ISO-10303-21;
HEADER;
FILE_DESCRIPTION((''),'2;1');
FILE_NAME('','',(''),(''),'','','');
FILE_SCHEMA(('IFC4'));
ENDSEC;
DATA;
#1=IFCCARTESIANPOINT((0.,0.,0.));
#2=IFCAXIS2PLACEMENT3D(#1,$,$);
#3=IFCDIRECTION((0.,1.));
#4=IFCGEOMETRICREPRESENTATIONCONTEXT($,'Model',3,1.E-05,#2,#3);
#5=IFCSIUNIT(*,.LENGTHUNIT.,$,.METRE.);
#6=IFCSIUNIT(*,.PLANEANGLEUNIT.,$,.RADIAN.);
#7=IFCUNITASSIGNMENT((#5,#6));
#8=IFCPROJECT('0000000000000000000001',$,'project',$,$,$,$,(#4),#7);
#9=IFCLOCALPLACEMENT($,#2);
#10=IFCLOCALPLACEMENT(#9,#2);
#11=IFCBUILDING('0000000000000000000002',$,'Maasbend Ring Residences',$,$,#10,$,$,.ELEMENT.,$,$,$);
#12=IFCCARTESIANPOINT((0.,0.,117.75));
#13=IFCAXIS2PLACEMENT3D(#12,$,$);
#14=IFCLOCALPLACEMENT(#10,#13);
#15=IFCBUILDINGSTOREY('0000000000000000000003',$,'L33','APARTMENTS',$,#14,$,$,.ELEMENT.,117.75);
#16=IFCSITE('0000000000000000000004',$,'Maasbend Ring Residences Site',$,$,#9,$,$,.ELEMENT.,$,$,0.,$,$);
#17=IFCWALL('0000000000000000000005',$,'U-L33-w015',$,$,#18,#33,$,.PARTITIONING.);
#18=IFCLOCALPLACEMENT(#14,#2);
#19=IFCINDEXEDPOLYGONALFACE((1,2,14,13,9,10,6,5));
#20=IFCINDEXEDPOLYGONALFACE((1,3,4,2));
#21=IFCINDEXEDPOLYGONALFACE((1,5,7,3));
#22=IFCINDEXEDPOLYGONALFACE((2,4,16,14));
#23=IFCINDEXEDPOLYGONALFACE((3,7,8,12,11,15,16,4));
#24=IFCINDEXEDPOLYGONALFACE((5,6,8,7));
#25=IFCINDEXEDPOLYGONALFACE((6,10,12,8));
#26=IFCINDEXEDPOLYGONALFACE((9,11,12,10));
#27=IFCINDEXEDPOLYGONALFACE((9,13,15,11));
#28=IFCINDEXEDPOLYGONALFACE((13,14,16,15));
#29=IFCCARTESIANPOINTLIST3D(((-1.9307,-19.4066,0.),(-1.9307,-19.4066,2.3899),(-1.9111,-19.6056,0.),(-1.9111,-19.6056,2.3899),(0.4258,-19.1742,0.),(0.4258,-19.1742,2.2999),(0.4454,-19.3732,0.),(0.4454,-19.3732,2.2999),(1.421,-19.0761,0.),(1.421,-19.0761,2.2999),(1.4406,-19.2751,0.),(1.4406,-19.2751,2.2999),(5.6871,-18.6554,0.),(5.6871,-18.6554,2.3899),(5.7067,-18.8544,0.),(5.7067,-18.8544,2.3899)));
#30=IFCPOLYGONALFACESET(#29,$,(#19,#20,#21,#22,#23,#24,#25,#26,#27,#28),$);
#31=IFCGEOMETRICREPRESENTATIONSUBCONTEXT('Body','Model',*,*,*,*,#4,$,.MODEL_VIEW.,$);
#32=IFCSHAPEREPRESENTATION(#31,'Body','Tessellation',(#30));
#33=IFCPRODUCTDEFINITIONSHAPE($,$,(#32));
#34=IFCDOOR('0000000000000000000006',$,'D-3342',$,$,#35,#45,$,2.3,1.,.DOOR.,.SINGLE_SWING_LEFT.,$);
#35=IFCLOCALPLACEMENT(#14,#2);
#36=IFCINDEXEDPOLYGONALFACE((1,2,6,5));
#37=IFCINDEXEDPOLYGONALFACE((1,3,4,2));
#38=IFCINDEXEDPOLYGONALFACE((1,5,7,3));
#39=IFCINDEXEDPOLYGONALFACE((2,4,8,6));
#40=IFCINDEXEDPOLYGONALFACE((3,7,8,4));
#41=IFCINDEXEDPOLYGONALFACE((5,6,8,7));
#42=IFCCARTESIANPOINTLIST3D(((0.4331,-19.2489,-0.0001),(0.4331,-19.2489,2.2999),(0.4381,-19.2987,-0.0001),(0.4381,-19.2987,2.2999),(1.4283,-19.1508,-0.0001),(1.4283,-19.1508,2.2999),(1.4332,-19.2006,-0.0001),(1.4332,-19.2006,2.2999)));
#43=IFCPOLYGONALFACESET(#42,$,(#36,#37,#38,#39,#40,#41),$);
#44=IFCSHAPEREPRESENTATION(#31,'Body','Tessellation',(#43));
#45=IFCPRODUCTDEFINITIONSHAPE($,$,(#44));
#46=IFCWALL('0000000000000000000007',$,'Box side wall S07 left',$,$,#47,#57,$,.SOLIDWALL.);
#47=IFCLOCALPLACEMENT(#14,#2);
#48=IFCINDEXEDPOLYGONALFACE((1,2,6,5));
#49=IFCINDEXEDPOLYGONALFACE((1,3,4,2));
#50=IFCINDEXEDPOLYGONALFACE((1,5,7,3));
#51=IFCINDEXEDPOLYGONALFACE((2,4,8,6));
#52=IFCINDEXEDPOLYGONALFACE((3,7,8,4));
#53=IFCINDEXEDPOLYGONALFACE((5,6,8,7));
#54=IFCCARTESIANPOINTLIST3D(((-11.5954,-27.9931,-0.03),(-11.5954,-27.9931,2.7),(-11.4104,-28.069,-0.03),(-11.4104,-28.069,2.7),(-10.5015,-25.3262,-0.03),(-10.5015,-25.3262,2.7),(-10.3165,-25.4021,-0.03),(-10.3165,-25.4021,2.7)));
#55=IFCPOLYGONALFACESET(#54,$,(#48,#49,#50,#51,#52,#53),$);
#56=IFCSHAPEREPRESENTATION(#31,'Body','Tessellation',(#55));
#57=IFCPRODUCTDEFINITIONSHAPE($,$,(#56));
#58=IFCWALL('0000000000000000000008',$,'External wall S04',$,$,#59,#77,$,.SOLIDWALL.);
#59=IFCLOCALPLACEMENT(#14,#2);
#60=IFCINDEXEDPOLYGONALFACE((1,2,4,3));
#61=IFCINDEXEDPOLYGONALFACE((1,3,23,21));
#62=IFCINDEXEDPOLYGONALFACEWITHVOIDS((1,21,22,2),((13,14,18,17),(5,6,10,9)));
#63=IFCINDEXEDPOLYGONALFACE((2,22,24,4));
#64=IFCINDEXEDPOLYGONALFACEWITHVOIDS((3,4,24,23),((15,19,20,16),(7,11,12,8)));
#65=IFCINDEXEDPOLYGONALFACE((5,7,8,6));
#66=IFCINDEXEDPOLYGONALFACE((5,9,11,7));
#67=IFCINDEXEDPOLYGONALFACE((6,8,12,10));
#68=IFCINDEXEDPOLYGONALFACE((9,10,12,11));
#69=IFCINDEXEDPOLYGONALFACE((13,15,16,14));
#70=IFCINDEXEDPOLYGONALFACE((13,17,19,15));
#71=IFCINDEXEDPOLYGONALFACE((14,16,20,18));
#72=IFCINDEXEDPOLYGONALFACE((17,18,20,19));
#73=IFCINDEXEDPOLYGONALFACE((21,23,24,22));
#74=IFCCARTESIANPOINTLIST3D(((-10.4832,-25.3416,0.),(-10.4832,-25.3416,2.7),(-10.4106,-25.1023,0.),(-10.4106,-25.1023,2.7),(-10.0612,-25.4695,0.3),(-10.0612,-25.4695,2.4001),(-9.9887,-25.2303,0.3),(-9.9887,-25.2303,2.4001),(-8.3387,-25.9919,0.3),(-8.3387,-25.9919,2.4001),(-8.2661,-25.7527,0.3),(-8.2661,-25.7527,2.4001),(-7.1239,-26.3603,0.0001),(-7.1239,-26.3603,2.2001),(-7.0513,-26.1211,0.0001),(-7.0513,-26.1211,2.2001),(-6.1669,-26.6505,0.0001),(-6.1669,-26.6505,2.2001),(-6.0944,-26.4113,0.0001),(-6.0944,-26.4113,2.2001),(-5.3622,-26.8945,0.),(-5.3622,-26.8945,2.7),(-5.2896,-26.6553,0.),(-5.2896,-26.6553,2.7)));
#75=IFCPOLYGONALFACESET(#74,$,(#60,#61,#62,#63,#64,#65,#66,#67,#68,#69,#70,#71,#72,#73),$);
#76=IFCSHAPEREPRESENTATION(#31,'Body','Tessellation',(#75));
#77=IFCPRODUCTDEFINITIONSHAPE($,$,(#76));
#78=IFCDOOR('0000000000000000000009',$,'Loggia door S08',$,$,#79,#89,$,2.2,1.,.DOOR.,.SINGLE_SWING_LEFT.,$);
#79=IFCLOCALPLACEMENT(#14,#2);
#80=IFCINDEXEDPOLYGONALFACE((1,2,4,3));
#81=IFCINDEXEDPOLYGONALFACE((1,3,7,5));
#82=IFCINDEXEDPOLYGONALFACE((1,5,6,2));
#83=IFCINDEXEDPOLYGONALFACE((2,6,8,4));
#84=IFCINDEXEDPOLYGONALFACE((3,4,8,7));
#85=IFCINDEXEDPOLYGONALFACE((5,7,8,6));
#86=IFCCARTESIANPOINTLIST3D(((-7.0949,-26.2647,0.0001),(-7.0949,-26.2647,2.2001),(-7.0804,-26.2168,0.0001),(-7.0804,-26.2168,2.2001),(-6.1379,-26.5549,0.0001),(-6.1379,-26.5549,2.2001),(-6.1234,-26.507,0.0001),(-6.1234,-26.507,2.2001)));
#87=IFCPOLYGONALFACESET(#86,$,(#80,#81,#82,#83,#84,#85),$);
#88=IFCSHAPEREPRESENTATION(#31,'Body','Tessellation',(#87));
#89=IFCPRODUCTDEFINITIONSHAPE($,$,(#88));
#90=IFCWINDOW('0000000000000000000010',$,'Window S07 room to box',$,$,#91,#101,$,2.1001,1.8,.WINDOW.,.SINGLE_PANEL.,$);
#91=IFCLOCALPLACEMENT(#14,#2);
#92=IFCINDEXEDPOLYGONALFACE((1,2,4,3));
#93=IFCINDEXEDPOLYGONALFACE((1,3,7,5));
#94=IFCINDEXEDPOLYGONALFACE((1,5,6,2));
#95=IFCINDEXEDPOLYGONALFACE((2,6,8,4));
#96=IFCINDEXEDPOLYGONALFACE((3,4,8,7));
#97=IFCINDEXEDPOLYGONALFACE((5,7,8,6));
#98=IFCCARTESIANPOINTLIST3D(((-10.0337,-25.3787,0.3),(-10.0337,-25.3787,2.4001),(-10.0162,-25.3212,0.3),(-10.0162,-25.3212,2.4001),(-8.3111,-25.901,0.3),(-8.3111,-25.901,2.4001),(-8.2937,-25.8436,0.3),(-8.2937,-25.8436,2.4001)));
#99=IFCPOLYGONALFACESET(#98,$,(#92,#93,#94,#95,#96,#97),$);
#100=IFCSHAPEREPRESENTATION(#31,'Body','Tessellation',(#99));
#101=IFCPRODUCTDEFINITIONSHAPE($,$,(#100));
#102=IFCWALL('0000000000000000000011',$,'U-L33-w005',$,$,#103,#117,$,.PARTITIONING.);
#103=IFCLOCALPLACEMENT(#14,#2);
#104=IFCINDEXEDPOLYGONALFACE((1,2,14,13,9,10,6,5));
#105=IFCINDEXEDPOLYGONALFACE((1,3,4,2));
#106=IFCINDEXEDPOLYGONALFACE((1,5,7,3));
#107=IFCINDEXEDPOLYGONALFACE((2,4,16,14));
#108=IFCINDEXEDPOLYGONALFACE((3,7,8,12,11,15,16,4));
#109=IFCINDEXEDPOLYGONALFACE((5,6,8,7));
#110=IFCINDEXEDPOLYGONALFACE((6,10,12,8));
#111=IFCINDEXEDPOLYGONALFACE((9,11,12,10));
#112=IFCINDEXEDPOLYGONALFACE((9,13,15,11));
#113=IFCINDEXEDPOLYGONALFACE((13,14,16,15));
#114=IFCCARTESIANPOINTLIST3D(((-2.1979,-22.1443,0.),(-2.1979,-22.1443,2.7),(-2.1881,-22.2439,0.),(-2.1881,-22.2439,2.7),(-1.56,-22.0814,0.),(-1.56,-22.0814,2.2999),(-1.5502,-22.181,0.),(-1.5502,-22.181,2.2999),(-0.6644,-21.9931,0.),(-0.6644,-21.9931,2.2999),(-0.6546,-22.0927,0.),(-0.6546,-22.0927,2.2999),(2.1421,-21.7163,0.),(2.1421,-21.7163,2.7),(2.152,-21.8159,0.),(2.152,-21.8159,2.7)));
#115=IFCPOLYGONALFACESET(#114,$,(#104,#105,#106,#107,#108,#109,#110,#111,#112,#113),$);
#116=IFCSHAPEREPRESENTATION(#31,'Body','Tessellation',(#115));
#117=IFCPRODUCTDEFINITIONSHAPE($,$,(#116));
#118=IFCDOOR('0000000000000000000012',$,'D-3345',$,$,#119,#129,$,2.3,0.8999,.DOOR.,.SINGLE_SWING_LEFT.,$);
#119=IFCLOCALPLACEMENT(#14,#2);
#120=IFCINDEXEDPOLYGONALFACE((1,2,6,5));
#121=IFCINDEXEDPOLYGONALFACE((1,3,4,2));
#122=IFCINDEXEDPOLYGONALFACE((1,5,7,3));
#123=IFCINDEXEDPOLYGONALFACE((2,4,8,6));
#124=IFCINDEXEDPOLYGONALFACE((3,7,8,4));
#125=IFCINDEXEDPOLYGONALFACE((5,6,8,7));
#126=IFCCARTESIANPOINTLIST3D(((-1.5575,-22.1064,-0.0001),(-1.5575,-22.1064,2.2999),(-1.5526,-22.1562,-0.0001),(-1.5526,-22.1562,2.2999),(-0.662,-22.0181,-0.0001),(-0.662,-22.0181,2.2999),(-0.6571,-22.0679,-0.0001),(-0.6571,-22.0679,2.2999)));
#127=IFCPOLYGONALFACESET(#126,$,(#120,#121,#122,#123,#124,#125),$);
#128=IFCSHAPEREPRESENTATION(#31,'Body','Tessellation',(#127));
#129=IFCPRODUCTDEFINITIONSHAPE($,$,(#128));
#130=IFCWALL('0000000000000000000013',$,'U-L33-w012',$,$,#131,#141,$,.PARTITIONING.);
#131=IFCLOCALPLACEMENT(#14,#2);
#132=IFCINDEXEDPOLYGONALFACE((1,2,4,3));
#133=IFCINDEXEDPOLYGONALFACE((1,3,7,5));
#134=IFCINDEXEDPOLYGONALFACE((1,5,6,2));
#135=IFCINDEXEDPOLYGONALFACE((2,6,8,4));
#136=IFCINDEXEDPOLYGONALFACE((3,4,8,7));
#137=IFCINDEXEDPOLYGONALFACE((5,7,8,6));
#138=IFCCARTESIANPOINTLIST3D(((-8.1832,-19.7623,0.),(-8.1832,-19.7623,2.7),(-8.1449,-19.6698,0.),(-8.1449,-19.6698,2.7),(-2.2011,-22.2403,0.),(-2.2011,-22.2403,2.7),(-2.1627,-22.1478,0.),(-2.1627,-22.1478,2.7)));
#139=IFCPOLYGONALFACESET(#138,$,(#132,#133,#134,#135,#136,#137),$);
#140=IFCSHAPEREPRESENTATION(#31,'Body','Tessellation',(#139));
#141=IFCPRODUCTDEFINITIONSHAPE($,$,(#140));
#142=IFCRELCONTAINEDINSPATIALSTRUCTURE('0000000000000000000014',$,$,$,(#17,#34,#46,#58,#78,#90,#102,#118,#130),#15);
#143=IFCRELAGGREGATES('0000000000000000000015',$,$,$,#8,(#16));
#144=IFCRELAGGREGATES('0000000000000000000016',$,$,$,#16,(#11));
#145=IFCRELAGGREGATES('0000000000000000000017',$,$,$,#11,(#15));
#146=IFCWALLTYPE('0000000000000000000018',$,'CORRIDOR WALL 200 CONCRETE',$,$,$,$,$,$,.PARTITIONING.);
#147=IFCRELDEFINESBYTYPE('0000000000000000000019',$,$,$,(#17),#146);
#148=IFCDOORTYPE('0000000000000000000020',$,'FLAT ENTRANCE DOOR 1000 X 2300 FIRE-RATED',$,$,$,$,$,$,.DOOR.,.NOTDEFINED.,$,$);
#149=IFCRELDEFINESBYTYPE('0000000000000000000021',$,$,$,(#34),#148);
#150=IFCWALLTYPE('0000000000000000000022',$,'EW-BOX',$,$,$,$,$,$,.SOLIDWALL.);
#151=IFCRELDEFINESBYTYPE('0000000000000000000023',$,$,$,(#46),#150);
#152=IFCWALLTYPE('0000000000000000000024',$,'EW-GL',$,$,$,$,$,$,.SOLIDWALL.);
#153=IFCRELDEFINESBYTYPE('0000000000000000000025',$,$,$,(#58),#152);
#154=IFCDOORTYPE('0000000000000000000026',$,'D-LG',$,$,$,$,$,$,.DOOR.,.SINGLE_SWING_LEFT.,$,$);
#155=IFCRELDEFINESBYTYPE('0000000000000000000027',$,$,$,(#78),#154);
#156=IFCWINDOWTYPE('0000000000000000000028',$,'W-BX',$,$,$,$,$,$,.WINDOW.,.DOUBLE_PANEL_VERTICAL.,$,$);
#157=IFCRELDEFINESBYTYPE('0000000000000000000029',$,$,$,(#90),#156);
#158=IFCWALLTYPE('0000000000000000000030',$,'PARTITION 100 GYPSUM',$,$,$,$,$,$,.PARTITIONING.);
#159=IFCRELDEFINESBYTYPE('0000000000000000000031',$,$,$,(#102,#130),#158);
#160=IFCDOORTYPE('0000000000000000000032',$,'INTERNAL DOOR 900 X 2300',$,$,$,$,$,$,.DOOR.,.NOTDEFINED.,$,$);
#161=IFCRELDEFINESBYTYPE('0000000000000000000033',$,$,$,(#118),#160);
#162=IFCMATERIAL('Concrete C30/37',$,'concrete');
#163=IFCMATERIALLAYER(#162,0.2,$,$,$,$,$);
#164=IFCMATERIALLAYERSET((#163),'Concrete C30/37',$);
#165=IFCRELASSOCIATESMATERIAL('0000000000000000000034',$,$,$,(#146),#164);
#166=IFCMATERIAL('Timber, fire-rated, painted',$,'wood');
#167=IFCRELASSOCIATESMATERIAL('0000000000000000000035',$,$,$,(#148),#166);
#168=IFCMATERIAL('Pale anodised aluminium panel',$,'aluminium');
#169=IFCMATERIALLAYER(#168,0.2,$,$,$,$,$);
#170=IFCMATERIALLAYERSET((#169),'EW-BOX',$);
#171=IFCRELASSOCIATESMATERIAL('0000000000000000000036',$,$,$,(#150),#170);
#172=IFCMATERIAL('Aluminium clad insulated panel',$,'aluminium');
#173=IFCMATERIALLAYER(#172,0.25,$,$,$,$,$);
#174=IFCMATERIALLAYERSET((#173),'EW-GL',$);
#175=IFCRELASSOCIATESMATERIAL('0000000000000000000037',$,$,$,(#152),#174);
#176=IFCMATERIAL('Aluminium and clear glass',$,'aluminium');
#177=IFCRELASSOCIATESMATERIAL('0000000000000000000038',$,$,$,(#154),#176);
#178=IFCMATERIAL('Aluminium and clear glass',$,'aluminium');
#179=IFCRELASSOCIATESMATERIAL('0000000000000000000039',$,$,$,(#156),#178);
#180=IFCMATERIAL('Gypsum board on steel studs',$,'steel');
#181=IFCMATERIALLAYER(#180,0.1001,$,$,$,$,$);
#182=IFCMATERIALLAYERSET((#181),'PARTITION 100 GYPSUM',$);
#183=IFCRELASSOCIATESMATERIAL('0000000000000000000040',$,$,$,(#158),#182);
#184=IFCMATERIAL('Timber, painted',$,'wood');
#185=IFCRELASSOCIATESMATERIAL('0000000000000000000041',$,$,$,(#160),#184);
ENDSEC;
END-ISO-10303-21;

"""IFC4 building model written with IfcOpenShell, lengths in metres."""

from ifc_helpers import new_model, si_unit, direction, frame, frame_2d, origin, place, context, subcontext, project, spatial, rectangle, extrude, material, layer, layer_set, type_object, element, fill, save


model = new_model("IFC4")

# Units and contexts
model_context = context("Model", 3, precision=1e-05, world=origin(), true_north=direction((0.0, 1.0)))
body_context = subcontext(model_context, "Body", "Model", "MODEL_VIEW")
ifc_project = project(units=[si_unit("LENGTHUNIT", "METRE"), si_unit("PLANEANGLEUNIT", "RADIAN")], contexts=[model_context])

# Site, building, storey
site_placement = place(None, origin())
site = spatial("IfcSite", under=ifc_project, at=site_placement, Name="Maasbend Ring Residences Site", CompositionType="ELEMENT", RefElevation=0.0)
building_placement = place(site_placement, origin())
building = spatial("IfcBuilding", under=site, at=building_placement, Name="Maasbend Ring Residences", CompositionType="ELEMENT")
storey_placement = place(building_placement, frame((0.0, 0.0, 117.75)))
storey = spatial("IfcBuildingStorey", under=building, at=storey_placement, Name="L33", Description="APARTMENTS", CompositionType="ELEMENT", Elevation=117.75)

# Wall, opening, door
ifc_material_1 = material(Name="Concrete C30/37", Category="concrete")
ifc_layer_1 = layer(ifc_material_1, 0.2)
ifc_layer_set_1 = layer_set([ifc_layer_1], Name="Concrete C30/37")
wall_type_1 = type_object("IfcWallType", Name="CORRIDOR WALL 200 CONCRETE", PredefinedType="PARTITIONING", material=ifc_layer_set_1)
wall_1_placement = place(storey_placement, frame((-1.9209, -19.5061, 0.0), z_axis=(0.0, 0.0, 1.0), x_axis=(0.995173, 0.098136, 0.0)))
wall_1 = element("IfcWall", 1, at=wall_1_placement, inside=storey, type_object=wall_type_1, Name="U-L33-w015", PredefinedType="PARTITIONING", context=body_context, shape_type="SweptSolid", body=[
    extrude(rectangle(XDim=7.6548, YDim=0.2, at=frame_2d((3.8274, 0.0))), origin(), (0.0, 0.0, 1.0), 2.3899),
])
opening_1_placement = place(wall_1_placement, frame((2.3679, 0.0, 0.0)))
opening_1 = element("IfcOpeningElement", 2, at=opening_1_placement, cuts=wall_1, PredefinedType="OPENING", context=body_context, shape_type="SweptSolid", body=[
    extrude(rectangle(XDim=1.0, YDim=2.3, at=frame_2d((0.5, 1.1499))), frame((0.0, 0.1099, 0.0), z_axis=(0.0, -1.0, 0.0), x_axis=(1.0, 0.0, 0.0)), (0.0, 0.0, 1.0), 0.22),
])
ifc_material_2 = material(Name="Timber, fire-rated, painted", Category="wood")
door_type_1 = type_object("IfcDoorType", Name="FLAT ENTRANCE DOOR 1000 X 2300 FIRE-RATED", OperationType="NOTDEFINED", PredefinedType="DOOR", material=ifc_material_2)
door_1_placement = place(opening_1_placement, origin())
door_1 = element("IfcDoor", 3, at=door_1_placement, inside=storey, type_object=door_type_1, Name="D-3342", OperationType="SINGLE_SWING_LEFT", OverallHeight=2.3, OverallWidth=1.0, PredefinedType="DOOR", context=body_context, shape_type="SweptSolid", body=[
    extrude(rectangle(XDim=1.0, YDim=2.3, at=frame_2d((0.5, 1.1499))), frame((0.0, 0.0249, 0.0), z_axis=(0.0, -1.0, 0.0), x_axis=(1.0, 0.0, 0.0)), (0.0, 0.0, 1.0), 0.05),
])
fill(opening_1, door_1)

# Wall
ifc_material_3 = material(Name="Pale anodised aluminium panel", Category="aluminium")
ifc_layer_2 = layer(ifc_material_3, 0.2)
ifc_layer_set_2 = layer_set([ifc_layer_2], Name="EW-BOX")
wall_type_2 = type_object("IfcWallType", Name="EW-BOX", PredefinedType="SOLIDWALL", material=ifc_layer_set_2)
wall_2_placement = place(storey_placement, frame((-10.4089, -25.364, -0.03), z_axis=(0.0, 0.0, 1.0), x_axis=(-0.37951, -0.925188, 0.0)))
element("IfcWall", 4, at=wall_2_placement, inside=storey, type_object=wall_type_2, Name="Box side wall S07 left", PredefinedType="SOLIDWALL", context=body_context, shape_type="SweptSolid", body=[
    extrude(rectangle(XDim=2.8826, YDim=0.2, at=frame_2d((1.4414, 0.0))), origin(), (0.0, 0.0, 1.0), 2.73),
])

# Wall, openings, door, window
ifc_material_4 = material(Name="Aluminium clad insulated panel", Category="aluminium")
ifc_layer_3 = layer(ifc_material_4, 0.25)
ifc_layer_set_3 = layer_set([ifc_layer_3], Name="EW-GL")
wall_type_3 = type_object("IfcWallType", Name="EW-GL", PredefinedType="SOLIDWALL", material=ifc_layer_set_3)
wall_3_placement = place(storey_placement, frame((-10.447, -25.2219, 0.0), z_axis=(0.0, 0.0, 1.0), x_axis=(0.956966, -0.290201, 0.0)))
wall_3 = element("IfcWall", 5, at=wall_3_placement, inside=storey, type_object=wall_type_3, Name="External wall S04", PredefinedType="SOLIDWALL", context=body_context, shape_type="SweptSolid", body=[
    extrude(rectangle(XDim=5.3513, YDim=0.25, at=frame_2d((2.6758, 0.0))), origin(), (0.0, 0.0, 1.0), 2.7),
])
opening_2_placement = place(wall_3_placement, frame((0.4412, 0.0, 0.3)))
opening_2 = element("IfcOpeningElement", 6, at=opening_2_placement, cuts=wall_3, PredefinedType="OPENING", context=body_context, shape_type="SweptSolid", body=[
    extrude(rectangle(XDim=1.8, YDim=2.1001, at=frame_2d((0.8999, 1.05))), frame((0.0, 0.135, 0.0), z_axis=(0.0, -1.0, 0.0), x_axis=(1.0, 0.0, 0.0)), (0.0, 0.0, 1.0), 0.27),
])
opening_3_placement = place(wall_3_placement, frame((3.5105, 0.0, 0.0)))
opening_3 = element("IfcOpeningElement", 7, at=opening_3_placement, cuts=wall_3, PredefinedType="OPENING", context=body_context, shape_type="SweptSolid", body=[
    extrude(rectangle(XDim=1.0, YDim=2.2, at=frame_2d((0.5, 1.1001))), frame((0.0, 0.135, 0.0), z_axis=(0.0, -1.0, 0.0), x_axis=(1.0, 0.0, 0.0)), (0.0, 0.0, 1.0), 0.27),
])
ifc_material_5 = material(Name="Aluminium and clear glass", Category="aluminium")
door_type_2 = type_object("IfcDoorType", Name="D-LG", OperationType="SINGLE_SWING_LEFT", PredefinedType="DOOR", material=ifc_material_5)
door_2_placement = place(opening_3_placement, origin())
door_2 = element("IfcDoor", 8, at=door_2_placement, inside=storey, type_object=door_type_2, Name="Loggia door S08", OperationType="SINGLE_SWING_LEFT", OverallHeight=2.2, OverallWidth=1.0, PredefinedType="DOOR", context=body_context, shape_type="SweptSolid", body=[
    extrude(rectangle(XDim=1.0, YDim=2.2, at=frame_2d((0.5, 1.1001))), frame((0.0, 0.0249, 0.0), z_axis=(0.0, -1.0, 0.0), x_axis=(1.0, 0.0, 0.0)), (0.0, 0.0, 1.0), 0.05),
])
fill(opening_3, door_2)
ifc_material_6 = material(Name="Aluminium and clear glass", Category="aluminium")
window_type = type_object("IfcWindowType", Name="W-BX", PartitioningType="DOUBLE_PANEL_VERTICAL", PredefinedType="WINDOW", material=ifc_material_6)
window_placement = place(opening_2_placement, origin())
window = element("IfcWindow", 9, at=window_placement, inside=storey, type_object=window_type, Name="Window S07 room to box", OverallHeight=2.1001, OverallWidth=1.8, PartitioningType="SINGLE_PANEL", PredefinedType="WINDOW", context=body_context, shape_type="SweptSolid", body=[
    extrude(rectangle(XDim=1.8, YDim=2.1001, at=frame_2d((0.8999, 1.05))), frame((0.0, 0.03, 0.0), z_axis=(0.0, -1.0, 0.0), x_axis=(1.0, 0.0, 0.0)), (0.0, 0.0, 1.0), 0.0601),
])
fill(opening_2, window)

# Wall, opening, door
ifc_material_7 = material(Name="Gypsum board on steel studs", Category="steel")
ifc_layer_4 = layer(ifc_material_7, 0.1001)
ifc_layer_set_4 = layer_set([ifc_layer_4], Name="PARTITION 100 GYPSUM")
wall_type_4 = type_object("IfcWallType", Name="PARTITION 100 GYPSUM", PredefinedType="PARTITIONING", material=ifc_layer_set_4)
wall_4_placement = place(storey_placement, frame((-2.1931, -22.1941, 0.0), z_axis=(0.0, 0.0, 1.0), x_axis=(0.995173, 0.098135, 0.0)))
wall_4 = element("IfcWall", 10, at=wall_4_placement, inside=storey, type_object=wall_type_4, Name="U-L33-w005", PredefinedType="PARTITIONING", context=body_context, shape_type="SweptSolid", body=[
    extrude(rectangle(XDim=4.3611, YDim=0.1001, at=frame_2d((2.1807, 0.0))), origin(), (0.0, 0.0, 1.0), 2.7),
])
opening_4_placement = place(wall_4_placement, frame((0.6411, 0.0, 0.0)))
opening_4 = element("IfcOpeningElement", 11, at=opening_4_placement, cuts=wall_4, PredefinedType="OPENING", context=body_context, shape_type="SweptSolid", body=[
    extrude(rectangle(XDim=0.8999, YDim=2.3, at=frame_2d((0.45, 1.1499))), frame((0.0, 0.0601, 0.0), z_axis=(0.0, -1.0, 0.0), x_axis=(1.0, 0.0, 0.0)), (0.0, 0.0, 1.0), 0.1201),
])
ifc_material_8 = material(Name="Timber, painted", Category="wood")
door_type_3 = type_object("IfcDoorType", Name="INTERNAL DOOR 900 X 2300", OperationType="NOTDEFINED", PredefinedType="DOOR", material=ifc_material_8)
door_3_placement = place(opening_4_placement, origin())
door_3 = element("IfcDoor", 12, at=door_3_placement, inside=storey, type_object=door_type_3, Name="D-3345", OperationType="SINGLE_SWING_LEFT", OverallHeight=2.3, OverallWidth=0.8999, PredefinedType="DOOR", context=body_context, shape_type="SweptSolid", body=[
    extrude(rectangle(XDim=0.8999, YDim=2.3, at=frame_2d((0.45, 1.1499))), frame((0.0, 0.0249, 0.0), z_axis=(0.0, -1.0, 0.0), x_axis=(1.0, 0.0, 0.0)), (0.0, 0.0, 1.0), 0.05),
])
fill(opening_4, door_3)

# Wall
wall_5_placement = place(storey_placement, frame((-8.1641, -19.7161, 0.0), z_axis=(0.0, 0.0, 1.0), x_axis=(0.923873, -0.3827, 0.0)))
element("IfcWall", 13, at=wall_5_placement, inside=storey, type_object=wall_type_4, Name="U-L33-w012", PredefinedType="PARTITIONING", context=body_context, shape_type="SweptSolid", body=[
    extrude(rectangle(XDim=6.4751, YDim=0.1001, at=frame_2d((3.2375, 0.0))), origin(), (0.0, 0.0, 1.0), 2.7),
])

save(model, "model.ifc")
